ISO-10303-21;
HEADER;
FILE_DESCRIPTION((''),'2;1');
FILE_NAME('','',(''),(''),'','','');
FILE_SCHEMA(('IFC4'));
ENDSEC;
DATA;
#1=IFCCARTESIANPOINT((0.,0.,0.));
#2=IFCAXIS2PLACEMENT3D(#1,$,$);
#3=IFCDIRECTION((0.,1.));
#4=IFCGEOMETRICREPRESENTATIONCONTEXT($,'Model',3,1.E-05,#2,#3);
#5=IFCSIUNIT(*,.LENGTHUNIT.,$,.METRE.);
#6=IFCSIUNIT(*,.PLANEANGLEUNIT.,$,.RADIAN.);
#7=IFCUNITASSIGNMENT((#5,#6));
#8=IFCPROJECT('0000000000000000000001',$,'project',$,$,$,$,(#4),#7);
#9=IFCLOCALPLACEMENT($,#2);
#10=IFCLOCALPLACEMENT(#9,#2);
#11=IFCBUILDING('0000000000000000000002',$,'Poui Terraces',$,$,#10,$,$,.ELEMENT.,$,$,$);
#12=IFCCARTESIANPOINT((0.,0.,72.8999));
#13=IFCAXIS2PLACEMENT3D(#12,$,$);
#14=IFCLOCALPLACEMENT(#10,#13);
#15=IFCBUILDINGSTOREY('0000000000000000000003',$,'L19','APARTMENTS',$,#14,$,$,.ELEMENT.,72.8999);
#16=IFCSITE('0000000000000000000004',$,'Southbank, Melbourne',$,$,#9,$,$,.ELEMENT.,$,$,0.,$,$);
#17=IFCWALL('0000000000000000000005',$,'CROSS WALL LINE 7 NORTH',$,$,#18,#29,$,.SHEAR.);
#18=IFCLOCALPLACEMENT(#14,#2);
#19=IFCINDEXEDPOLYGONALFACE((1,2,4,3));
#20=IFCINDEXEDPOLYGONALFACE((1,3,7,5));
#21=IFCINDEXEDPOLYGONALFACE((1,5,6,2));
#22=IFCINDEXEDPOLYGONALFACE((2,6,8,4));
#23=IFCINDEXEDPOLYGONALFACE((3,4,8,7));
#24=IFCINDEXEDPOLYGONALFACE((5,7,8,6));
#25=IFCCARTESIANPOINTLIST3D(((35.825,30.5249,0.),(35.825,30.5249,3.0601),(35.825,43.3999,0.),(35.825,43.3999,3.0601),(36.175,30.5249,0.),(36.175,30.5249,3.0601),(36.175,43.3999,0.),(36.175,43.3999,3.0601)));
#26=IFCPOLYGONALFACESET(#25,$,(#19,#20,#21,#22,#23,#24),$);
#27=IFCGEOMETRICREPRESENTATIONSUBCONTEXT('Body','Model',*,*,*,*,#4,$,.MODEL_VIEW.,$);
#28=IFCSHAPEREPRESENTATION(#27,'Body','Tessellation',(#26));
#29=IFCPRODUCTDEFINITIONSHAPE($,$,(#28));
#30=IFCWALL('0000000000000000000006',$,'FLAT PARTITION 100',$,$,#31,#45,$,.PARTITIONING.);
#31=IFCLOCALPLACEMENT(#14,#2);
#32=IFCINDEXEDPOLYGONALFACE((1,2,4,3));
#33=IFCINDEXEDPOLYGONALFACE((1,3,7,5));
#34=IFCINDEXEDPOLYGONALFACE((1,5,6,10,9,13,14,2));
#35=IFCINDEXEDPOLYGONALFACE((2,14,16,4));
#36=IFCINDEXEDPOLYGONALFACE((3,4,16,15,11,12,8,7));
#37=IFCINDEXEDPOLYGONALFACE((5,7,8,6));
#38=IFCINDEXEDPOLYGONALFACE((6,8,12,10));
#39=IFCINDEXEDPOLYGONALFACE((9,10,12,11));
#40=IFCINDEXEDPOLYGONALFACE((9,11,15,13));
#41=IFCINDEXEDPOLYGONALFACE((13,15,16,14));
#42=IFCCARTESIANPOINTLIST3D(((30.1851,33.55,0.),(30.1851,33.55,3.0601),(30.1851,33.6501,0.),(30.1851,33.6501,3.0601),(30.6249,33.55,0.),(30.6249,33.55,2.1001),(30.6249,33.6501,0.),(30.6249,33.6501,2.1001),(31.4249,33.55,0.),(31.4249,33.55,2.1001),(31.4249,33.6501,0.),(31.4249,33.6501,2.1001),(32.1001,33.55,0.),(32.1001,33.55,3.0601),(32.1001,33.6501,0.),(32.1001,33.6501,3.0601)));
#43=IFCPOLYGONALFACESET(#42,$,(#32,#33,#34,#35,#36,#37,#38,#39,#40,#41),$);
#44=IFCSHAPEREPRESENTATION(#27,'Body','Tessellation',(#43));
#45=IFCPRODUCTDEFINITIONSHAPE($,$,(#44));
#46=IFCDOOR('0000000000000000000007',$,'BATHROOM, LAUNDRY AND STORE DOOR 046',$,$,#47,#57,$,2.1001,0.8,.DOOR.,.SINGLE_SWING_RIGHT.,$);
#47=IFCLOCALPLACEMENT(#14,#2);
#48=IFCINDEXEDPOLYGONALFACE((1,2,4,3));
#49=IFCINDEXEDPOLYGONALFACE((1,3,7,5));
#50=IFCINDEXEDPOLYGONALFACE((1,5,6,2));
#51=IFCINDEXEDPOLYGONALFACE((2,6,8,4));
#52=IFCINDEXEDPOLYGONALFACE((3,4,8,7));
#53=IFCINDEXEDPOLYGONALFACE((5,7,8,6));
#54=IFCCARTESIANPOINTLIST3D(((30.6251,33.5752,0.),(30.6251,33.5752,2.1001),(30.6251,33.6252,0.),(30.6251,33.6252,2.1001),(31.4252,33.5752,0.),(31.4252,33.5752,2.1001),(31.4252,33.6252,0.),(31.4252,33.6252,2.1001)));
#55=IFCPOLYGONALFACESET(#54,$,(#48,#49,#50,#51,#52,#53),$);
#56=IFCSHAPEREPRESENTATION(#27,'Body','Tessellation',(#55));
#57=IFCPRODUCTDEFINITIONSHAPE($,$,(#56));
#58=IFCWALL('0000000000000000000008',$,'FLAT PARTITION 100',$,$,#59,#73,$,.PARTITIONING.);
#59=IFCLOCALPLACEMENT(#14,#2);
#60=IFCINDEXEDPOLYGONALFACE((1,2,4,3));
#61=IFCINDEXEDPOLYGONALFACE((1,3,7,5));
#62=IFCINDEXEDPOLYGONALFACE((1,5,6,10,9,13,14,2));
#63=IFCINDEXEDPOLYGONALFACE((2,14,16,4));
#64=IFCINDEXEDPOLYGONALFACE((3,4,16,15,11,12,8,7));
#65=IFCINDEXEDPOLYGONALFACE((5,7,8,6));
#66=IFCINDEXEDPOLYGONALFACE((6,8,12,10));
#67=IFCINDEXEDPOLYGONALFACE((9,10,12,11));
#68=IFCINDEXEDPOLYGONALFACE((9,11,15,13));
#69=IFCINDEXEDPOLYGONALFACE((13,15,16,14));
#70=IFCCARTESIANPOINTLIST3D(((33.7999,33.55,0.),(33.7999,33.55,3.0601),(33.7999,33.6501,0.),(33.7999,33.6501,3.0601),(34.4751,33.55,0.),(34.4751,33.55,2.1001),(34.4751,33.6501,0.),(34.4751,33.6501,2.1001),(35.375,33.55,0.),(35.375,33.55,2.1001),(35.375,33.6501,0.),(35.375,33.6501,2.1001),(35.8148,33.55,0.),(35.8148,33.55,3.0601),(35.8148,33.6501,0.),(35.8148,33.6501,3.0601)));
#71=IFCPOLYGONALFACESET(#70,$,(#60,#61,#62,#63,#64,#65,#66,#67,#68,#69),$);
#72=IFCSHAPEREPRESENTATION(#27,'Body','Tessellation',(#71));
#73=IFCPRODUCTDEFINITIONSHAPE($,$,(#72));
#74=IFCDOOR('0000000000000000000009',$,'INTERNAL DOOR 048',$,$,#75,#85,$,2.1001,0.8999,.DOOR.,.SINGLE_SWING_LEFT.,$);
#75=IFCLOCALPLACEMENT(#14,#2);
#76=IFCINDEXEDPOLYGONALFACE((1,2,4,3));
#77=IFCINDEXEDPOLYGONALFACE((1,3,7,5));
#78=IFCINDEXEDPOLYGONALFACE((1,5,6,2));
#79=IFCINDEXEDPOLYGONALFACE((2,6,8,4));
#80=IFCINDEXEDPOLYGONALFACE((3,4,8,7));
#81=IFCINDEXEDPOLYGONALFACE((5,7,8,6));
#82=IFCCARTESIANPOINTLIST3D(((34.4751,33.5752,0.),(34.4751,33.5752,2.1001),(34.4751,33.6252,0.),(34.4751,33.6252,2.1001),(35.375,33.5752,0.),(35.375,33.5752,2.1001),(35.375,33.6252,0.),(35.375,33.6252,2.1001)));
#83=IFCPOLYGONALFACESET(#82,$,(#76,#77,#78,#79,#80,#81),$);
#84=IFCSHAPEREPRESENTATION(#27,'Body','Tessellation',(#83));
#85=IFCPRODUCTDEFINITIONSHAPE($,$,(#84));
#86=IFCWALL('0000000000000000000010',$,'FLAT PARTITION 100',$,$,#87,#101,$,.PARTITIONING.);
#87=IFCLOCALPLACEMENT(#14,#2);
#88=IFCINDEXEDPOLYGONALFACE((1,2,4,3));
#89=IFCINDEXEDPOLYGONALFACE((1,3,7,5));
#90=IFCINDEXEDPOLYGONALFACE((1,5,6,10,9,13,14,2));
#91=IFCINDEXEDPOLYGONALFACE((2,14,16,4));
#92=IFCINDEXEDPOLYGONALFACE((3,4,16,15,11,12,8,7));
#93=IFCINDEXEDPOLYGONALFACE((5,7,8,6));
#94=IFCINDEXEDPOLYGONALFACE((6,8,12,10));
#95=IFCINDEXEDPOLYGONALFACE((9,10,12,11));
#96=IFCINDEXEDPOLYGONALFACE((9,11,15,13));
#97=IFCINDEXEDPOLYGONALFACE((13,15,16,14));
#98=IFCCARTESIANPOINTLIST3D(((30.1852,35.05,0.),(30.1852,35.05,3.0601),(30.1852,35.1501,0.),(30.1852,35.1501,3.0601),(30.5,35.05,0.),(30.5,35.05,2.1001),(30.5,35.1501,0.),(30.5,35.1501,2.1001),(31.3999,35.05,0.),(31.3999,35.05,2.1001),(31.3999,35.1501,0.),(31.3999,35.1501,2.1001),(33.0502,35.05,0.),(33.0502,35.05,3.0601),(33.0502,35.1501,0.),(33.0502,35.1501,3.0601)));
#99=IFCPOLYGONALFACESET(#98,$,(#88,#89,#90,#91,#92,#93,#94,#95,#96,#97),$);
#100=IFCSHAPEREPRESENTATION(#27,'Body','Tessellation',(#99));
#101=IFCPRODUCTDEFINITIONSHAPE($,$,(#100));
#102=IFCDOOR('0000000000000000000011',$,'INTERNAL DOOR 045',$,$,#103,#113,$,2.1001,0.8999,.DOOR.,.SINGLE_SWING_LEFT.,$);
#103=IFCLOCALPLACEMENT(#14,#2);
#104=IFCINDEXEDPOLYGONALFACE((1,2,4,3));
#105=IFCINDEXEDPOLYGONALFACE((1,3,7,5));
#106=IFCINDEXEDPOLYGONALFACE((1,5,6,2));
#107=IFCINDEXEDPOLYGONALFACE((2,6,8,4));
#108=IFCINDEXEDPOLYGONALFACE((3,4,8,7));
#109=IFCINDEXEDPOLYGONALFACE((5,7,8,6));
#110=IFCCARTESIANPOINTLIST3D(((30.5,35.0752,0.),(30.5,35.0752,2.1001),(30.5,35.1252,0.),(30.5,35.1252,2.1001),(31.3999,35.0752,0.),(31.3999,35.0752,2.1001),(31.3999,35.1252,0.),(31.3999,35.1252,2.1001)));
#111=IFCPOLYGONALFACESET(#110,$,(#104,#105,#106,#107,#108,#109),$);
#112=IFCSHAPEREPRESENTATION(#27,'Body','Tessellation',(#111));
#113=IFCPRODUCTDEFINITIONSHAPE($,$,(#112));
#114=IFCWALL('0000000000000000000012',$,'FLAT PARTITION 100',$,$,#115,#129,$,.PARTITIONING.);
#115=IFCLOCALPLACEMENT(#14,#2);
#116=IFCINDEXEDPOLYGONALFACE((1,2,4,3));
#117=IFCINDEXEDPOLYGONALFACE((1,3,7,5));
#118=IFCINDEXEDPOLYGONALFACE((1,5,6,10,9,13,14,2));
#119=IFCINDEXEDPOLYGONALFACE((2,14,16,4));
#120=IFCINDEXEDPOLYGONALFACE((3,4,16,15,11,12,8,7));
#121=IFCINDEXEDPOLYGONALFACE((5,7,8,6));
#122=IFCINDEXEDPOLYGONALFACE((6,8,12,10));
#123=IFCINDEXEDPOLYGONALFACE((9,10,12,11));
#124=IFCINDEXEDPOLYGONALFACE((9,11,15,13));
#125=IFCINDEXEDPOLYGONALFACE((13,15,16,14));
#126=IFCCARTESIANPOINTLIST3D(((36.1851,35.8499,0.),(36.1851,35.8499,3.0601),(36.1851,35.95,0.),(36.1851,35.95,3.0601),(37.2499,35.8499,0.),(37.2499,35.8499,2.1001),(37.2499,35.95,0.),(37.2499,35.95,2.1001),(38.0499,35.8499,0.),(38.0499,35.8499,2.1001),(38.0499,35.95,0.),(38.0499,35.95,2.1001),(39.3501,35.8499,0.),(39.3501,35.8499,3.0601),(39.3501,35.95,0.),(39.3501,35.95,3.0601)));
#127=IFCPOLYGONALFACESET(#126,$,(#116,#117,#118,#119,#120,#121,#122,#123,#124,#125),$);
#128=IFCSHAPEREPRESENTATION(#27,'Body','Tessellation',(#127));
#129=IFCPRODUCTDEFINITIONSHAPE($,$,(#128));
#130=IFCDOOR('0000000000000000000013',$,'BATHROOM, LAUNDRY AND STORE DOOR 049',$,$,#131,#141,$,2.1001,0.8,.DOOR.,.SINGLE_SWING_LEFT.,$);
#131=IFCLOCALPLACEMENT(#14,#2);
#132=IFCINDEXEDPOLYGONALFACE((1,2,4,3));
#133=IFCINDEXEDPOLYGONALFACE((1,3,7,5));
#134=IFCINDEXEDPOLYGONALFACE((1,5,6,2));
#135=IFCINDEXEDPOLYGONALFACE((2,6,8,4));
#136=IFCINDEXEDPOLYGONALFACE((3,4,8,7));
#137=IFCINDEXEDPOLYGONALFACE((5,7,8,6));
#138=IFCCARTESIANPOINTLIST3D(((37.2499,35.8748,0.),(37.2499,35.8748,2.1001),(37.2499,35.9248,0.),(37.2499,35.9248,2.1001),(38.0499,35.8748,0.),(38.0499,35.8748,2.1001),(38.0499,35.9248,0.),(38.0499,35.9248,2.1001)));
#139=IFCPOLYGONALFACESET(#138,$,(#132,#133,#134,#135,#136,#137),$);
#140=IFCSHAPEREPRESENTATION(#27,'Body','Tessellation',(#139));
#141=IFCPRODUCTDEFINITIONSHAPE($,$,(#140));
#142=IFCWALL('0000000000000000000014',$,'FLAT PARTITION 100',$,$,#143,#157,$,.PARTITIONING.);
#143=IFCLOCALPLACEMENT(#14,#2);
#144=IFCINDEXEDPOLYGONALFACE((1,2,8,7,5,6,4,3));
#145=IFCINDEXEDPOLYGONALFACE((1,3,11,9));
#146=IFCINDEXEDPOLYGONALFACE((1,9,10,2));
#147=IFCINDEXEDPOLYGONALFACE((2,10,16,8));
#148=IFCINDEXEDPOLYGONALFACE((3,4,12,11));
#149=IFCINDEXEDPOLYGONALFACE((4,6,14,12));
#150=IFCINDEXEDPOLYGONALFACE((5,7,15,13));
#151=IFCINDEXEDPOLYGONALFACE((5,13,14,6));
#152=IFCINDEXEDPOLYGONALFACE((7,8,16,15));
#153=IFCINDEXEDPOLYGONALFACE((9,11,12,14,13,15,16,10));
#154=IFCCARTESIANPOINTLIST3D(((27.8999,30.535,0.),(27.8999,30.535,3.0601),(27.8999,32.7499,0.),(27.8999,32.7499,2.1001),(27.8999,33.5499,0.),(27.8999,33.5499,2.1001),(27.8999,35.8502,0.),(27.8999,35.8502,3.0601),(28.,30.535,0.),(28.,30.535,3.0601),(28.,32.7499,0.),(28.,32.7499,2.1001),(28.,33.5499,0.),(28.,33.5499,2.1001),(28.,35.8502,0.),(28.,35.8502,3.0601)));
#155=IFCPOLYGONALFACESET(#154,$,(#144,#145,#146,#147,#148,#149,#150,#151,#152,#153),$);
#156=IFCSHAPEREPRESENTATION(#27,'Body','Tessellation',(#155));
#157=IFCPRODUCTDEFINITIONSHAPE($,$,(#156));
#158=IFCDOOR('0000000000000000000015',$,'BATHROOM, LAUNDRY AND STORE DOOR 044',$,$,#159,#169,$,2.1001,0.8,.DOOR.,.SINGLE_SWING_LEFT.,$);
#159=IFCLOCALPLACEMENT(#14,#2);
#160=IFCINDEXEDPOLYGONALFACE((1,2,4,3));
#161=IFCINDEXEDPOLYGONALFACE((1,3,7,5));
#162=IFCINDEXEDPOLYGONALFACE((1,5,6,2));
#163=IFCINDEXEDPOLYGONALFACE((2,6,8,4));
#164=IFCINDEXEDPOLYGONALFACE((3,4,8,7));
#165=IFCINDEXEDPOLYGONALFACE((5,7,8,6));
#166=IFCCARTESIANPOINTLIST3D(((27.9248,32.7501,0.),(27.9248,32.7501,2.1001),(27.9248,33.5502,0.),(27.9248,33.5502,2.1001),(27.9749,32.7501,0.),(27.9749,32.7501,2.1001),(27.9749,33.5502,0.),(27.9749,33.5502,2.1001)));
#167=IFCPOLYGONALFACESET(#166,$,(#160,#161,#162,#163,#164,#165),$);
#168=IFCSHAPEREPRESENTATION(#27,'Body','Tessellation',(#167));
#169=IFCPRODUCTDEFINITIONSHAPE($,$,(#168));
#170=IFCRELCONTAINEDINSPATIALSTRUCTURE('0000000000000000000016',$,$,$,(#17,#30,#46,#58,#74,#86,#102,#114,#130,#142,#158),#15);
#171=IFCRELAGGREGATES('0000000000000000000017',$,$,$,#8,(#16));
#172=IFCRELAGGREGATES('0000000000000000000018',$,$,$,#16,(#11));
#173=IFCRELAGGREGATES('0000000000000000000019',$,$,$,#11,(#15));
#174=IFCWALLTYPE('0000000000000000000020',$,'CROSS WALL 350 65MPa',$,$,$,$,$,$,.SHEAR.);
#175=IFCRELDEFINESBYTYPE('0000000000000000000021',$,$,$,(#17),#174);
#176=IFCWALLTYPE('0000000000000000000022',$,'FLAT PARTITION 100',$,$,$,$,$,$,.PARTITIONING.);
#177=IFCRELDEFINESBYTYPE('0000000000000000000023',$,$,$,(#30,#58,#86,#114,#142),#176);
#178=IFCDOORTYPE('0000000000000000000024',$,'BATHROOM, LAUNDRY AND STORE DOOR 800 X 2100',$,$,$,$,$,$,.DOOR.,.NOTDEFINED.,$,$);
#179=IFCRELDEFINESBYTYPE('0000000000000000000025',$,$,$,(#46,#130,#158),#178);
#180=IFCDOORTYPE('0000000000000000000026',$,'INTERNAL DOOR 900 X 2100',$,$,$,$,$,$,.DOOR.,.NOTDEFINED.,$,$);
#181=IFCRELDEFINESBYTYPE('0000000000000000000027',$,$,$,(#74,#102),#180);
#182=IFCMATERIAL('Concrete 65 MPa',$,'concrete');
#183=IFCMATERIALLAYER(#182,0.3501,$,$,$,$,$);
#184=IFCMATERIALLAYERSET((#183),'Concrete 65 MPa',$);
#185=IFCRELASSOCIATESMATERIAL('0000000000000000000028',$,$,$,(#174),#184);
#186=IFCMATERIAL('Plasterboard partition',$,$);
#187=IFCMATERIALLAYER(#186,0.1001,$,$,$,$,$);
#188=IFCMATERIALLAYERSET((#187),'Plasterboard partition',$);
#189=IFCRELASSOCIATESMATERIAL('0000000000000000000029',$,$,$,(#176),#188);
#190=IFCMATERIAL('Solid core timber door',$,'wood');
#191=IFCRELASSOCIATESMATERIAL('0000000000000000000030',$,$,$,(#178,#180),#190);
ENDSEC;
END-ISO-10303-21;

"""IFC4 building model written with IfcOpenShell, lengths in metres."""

from ifc_helpers import new_model, si_unit, direction, frame, frame_2d, origin, place, context, subcontext, project, spatial, rectangle, extrude, material, layer, layer_set, type_object, element, fill, save


model = new_model("IFC4")

# Units and contexts
model_context = context("Model", 3, precision=1e-05, world=origin(), true_north=direction((0.0, 1.0)))
body_context = subcontext(model_context, "Body", "Model", "MODEL_VIEW")
ifc_project = project(units=[si_unit("LENGTHUNIT", "METRE"), si_unit("PLANEANGLEUNIT", "RADIAN")], contexts=[model_context])

# Site, building, storey
site_placement = place(None, origin())
site = spatial("IfcSite", under=ifc_project, at=site_placement, Name="Southbank, Melbourne", CompositionType="ELEMENT", RefElevation=0.0)
building_placement = place(site_placement, origin())
building = spatial("IfcBuilding", under=site, at=building_placement, Name="Poui Terraces", CompositionType="ELEMENT")
storey_placement = place(building_placement, frame((0.0, 0.0, 72.8999)))
storey = spatial("IfcBuildingStorey", under=building, at=storey_placement, Name="L19", Description="APARTMENTS", CompositionType="ELEMENT", Elevation=72.8999)

# Wall
ifc_material_1 = material(Name="Concrete 65 MPa", Category="concrete")
ifc_layer_1 = layer(ifc_material_1, 0.3501)
ifc_layer_set_1 = layer_set([ifc_layer_1], Name="Concrete 65 MPa")
wall_type_1 = type_object("IfcWallType", Name="CROSS WALL 350 65MPa", PredefinedType="SHEAR", material=ifc_layer_set_1)
wall_1_placement = place(storey_placement, frame((36.0, 30.5249, 0.0), z_axis=(0.0, 0.0, 1.0), x_axis=(0.0, 1.0, 0.0)))
element("IfcWall", 1, at=wall_1_placement, inside=storey, type_object=wall_type_1, Name="CROSS WALL LINE 7 NORTH", PredefinedType="SHEAR", context=body_context, shape_type="SweptSolid", body=[
    extrude(rectangle(XDim=12.875, YDim=0.3501, at=frame_2d((6.4375, 0.0))), origin(), (0.0, 0.0, 1.0), 3.0601),
])

# Walls, openings, doors
ifc_material_2 = material(Name="Plasterboard partition")
ifc_layer_2 = layer(ifc_material_2, 0.1001)
ifc_layer_set_2 = layer_set([ifc_layer_2], Name="Plasterboard partition")
wall_type_2 = type_object("IfcWallType", Name="FLAT PARTITION 100", PredefinedType="PARTITIONING", material=ifc_layer_set_2)
wall_2_placement = place(storey_placement, frame((30.1851, 33.6001, 0.0), z_axis=(0.0, 0.0, 1.0), x_axis=(1.0, 0.0, 0.0)))
wall_2 = element("IfcWall", 2, at=wall_2_placement, inside=storey, type_object=wall_type_2, Name="FLAT PARTITION 100", PredefinedType="PARTITIONING", context=body_context, shape_type="SweptSolid", body=[
    extrude(rectangle(XDim=1.915, YDim=0.1001, at=frame_2d((0.9575, 0.0))), origin(), (0.0, 0.0, 1.0), 3.0601),
])
opening_1_placement = place(wall_2_placement, frame((0.4399, 0.0, 0.0)))
opening_1 = element("IfcOpeningElement", 3, at=opening_1_placement, cuts=wall_2, PredefinedType="OPENING", context=body_context, shape_type="SweptSolid", body=[
    extrude(rectangle(XDim=0.8, YDim=2.1001, at=frame_2d((0.3999, 1.05))), frame((0.0, 0.0601, 0.0), z_axis=(0.0, -1.0, 0.0), x_axis=(1.0, 0.0, 0.0)), (0.0, 0.0, 1.0), 0.1201),
])
ifc_material_3 = material(Name="Solid core timber door", Category="wood")
door_type_1 = type_object("IfcDoorType", Name="BATHROOM, LAUNDRY AND STORE DOOR 800 X 2100", OperationType="NOTDEFINED", PredefinedType="DOOR", material=ifc_material_3)
door_1_placement = place(opening_1_placement, frame((0.8, 0.0, 0.0), z_axis=(0.0, 0.0, 1.0), x_axis=(-1.0, 0.0, 0.0)))
door_1 = element("IfcDoor", 4, at=door_1_placement, inside=storey, type_object=door_type_1, Name="BATHROOM, LAUNDRY AND STORE DOOR 046", OperationType="SINGLE_SWING_RIGHT", OverallHeight=2.1001, OverallWidth=0.8, PredefinedType="DOOR", context=body_context, shape_type="SweptSolid", body=[
    extrude(rectangle(XDim=0.8, YDim=2.1001, at=frame_2d((0.3999, 1.05))), frame((0.0, 0.0249, 0.0), z_axis=(0.0, -1.0, 0.0), x_axis=(1.0, 0.0, 0.0)), (0.0, 0.0, 1.0), 0.05),
])
fill(opening_1, door_1)
wall_3_placement = place(storey_placement, frame((33.8, 33.6001, 0.0), z_axis=(0.0, 0.0, 1.0), x_axis=(1.0, 0.0, 0.0)))
wall_3 = element("IfcWall", 5, at=wall_3_placement, inside=storey, type_object=wall_type_2, Name="FLAT PARTITION 100", PredefinedType="PARTITIONING", context=body_context, shape_type="SweptSolid", body=[
    extrude(rectangle(XDim=2.0149, YDim=0.1001, at=frame_2d((1.0073, 0.0))), origin(), (0.0, 0.0, 1.0), 3.0601),
])
opening_2_placement = place(wall_3_placement, frame((0.675, 0.0, 0.0)))
opening_2 = element("IfcOpeningElement", 6, at=opening_2_placement, cuts=wall_3, PredefinedType="OPENING", context=body_context, shape_type="SweptSolid", body=[
    extrude(rectangle(XDim=0.8999, YDim=2.1001, at=frame_2d((0.45, 1.05))), frame((0.0, 0.0601, 0.0), z_axis=(0.0, -1.0, 0.0), x_axis=(1.0, 0.0, 0.0)), (0.0, 0.0, 1.0), 0.1201),
])
door_type_2 = type_object("IfcDoorType", Name="INTERNAL DOOR 900 X 2100", OperationType="NOTDEFINED", PredefinedType="DOOR", material=ifc_material_3)
door_2_placement = place(opening_2_placement, frame((0.8999, 0.0, 0.0), z_axis=(0.0, 0.0, 1.0), x_axis=(-1.0, 0.0, 0.0)))
door_2 = element("IfcDoor", 7, at=door_2_placement, inside=storey, type_object=door_type_2, Name="INTERNAL DOOR 048", OperationType="SINGLE_SWING_LEFT", OverallHeight=2.1001, OverallWidth=0.8999, PredefinedType="DOOR", context=body_context, shape_type="SweptSolid", body=[
    extrude(rectangle(XDim=0.8999, YDim=2.1001, at=frame_2d((0.45, 1.05))), frame((0.0, 0.0249, 0.0), z_axis=(0.0, -1.0, 0.0), x_axis=(1.0, 0.0, 0.0)), (0.0, 0.0, 1.0), 0.05),
])
fill(opening_2, door_2)
wall_4_placement = place(storey_placement, frame((30.1851, 35.1001, 0.0), z_axis=(0.0, 0.0, 1.0), x_axis=(1.0, 0.0, 0.0)))
wall_4 = element("IfcWall", 8, at=wall_4_placement, inside=storey, type_object=wall_type_2, Name="FLAT PARTITION 100", PredefinedType="PARTITIONING", context=body_context, shape_type="SweptSolid", body=[
    extrude(rectangle(XDim=2.865, YDim=0.1001, at=frame_2d((1.4326, 0.0))), origin(), (0.0, 0.0, 1.0), 3.0601),
])
opening_3_placement = place(wall_4_placement, frame((0.3149, 0.0, 0.0)))
opening_3 = element("IfcOpeningElement", 9, at=opening_3_placement, cuts=wall_4, PredefinedType="OPENING", context=body_context, shape_type="SweptSolid", body=[
    extrude(rectangle(XDim=0.8999, YDim=2.1001, at=frame_2d((0.45, 1.05))), frame((0.0, 0.0601, 0.0), z_axis=(0.0, -1.0, 0.0), x_axis=(1.0, 0.0, 0.0)), (0.0, 0.0, 1.0), 0.1201),
])
door_3_placement = place(opening_3_placement, frame((0.8999, 0.0, 0.0), z_axis=(0.0, 0.0, 1.0), x_axis=(-1.0, 0.0, 0.0)))
door_3 = element("IfcDoor", 10, at=door_3_placement, inside=storey, type_object=door_type_2, Name="INTERNAL DOOR 045", OperationType="SINGLE_SWING_LEFT", OverallHeight=2.1001, OverallWidth=0.8999, PredefinedType="DOOR", context=body_context, shape_type="SweptSolid", body=[
    extrude(rectangle(XDim=0.8999, YDim=2.1001, at=frame_2d((0.45, 1.05))), frame((0.0, 0.0249, 0.0), z_axis=(0.0, -1.0, 0.0), x_axis=(1.0, 0.0, 0.0)), (0.0, 0.0, 1.0), 0.05),
])
fill(opening_3, door_3)
wall_5_placement = place(storey_placement, frame((36.1851, 35.8999, 0.0), z_axis=(0.0, 0.0, 1.0), x_axis=(1.0, 0.0, 0.0)))
wall_5 = element("IfcWall", 11, at=wall_5_placement, inside=storey, type_object=wall_type_2, Name="FLAT PARTITION 100", PredefinedType="PARTITIONING", context=body_context, shape_type="SweptSolid", body=[
    extrude(rectangle(XDim=3.165, YDim=0.1001, at=frame_2d((1.5825, 0.0))), origin(), (0.0, 0.0, 1.0), 3.0601),
])
opening_4_placement = place(wall_5_placement, frame((1.0649, 0.0, 0.0)))
opening_4 = element("IfcOpeningElement", 12, at=opening_4_placement, cuts=wall_5, PredefinedType="OPENING", context=body_context, shape_type="SweptSolid", body=[
    extrude(rectangle(XDim=0.8, YDim=2.1001, at=frame_2d((0.3999, 1.05))), frame((0.0, 0.0601, 0.0), z_axis=(0.0, -1.0, 0.0), x_axis=(1.0, 0.0, 0.0)), (0.0, 0.0, 1.0), 0.1201),
])
door_4_placement = place(opening_4_placement, origin())
door_4 = element("IfcDoor", 13, at=door_4_placement, inside=storey, type_object=door_type_1, Name="BATHROOM, LAUNDRY AND STORE DOOR 049", OperationType="SINGLE_SWING_LEFT", OverallHeight=2.1001, OverallWidth=0.8, PredefinedType="DOOR", context=body_context, shape_type="SweptSolid", body=[
    extrude(rectangle(XDim=0.8, YDim=2.1001, at=frame_2d((0.3999, 1.05))), frame((0.0, 0.0249, 0.0), z_axis=(0.0, -1.0, 0.0), x_axis=(1.0, 0.0, 0.0)), (0.0, 0.0, 1.0), 0.05),
])
fill(opening_4, door_4)
wall_6_placement = place(storey_placement, frame((27.95, 30.5349, 0.0), z_axis=(0.0, 0.0, 1.0), x_axis=(0.0, 1.0, 0.0)))
wall_6 = element("IfcWall", 14, at=wall_6_placement, inside=storey, type_object=wall_type_2, Name="FLAT PARTITION 100", PredefinedType="PARTITIONING", context=body_context, shape_type="SweptSolid", body=[
    extrude(rectangle(XDim=5.3152, YDim=0.1001, at=frame_2d((2.6577, 0.0))), origin(), (0.0, 0.0, 1.0), 3.0601),
])
opening_5_placement = place(wall_6_placement, frame((2.2151, 0.0, 0.0)))
opening_5 = element("IfcOpeningElement", 15, at=opening_5_placement, cuts=wall_6, PredefinedType="OPENING", context=body_context, shape_type="SweptSolid", body=[
    extrude(rectangle(XDim=0.8, YDim=2.1001, at=frame_2d((0.3999, 1.05))), frame((0.0, 0.0601, 0.0), z_axis=(0.0, -1.0, 0.0), x_axis=(1.0, 0.0, 0.0)), (0.0, 0.0, 1.0), 0.1201),
])
door_5_placement = place(opening_5_placement, frame((0.8, 0.0, 0.0), z_axis=(0.0, 0.0, 1.0), x_axis=(-1.0, 0.0, 0.0)))
door_5 = element("IfcDoor", 16, at=door_5_placement, inside=storey, type_object=door_type_1, Name="BATHROOM, LAUNDRY AND STORE DOOR 044", OperationType="SINGLE_SWING_LEFT", OverallHeight=2.1001, OverallWidth=0.8, PredefinedType="DOOR", context=body_context, shape_type="SweptSolid", body=[
    extrude(rectangle(XDim=0.8, YDim=2.1001, at=frame_2d((0.3999, 1.05))), frame((0.0, 0.0249, 0.0), z_axis=(0.0, -1.0, 0.0), x_axis=(1.0, 0.0, 0.0)), (0.0, 0.0, 1.0), 0.05),
])
fill(opening_5, door_5)

save(model, "model.ifc")
